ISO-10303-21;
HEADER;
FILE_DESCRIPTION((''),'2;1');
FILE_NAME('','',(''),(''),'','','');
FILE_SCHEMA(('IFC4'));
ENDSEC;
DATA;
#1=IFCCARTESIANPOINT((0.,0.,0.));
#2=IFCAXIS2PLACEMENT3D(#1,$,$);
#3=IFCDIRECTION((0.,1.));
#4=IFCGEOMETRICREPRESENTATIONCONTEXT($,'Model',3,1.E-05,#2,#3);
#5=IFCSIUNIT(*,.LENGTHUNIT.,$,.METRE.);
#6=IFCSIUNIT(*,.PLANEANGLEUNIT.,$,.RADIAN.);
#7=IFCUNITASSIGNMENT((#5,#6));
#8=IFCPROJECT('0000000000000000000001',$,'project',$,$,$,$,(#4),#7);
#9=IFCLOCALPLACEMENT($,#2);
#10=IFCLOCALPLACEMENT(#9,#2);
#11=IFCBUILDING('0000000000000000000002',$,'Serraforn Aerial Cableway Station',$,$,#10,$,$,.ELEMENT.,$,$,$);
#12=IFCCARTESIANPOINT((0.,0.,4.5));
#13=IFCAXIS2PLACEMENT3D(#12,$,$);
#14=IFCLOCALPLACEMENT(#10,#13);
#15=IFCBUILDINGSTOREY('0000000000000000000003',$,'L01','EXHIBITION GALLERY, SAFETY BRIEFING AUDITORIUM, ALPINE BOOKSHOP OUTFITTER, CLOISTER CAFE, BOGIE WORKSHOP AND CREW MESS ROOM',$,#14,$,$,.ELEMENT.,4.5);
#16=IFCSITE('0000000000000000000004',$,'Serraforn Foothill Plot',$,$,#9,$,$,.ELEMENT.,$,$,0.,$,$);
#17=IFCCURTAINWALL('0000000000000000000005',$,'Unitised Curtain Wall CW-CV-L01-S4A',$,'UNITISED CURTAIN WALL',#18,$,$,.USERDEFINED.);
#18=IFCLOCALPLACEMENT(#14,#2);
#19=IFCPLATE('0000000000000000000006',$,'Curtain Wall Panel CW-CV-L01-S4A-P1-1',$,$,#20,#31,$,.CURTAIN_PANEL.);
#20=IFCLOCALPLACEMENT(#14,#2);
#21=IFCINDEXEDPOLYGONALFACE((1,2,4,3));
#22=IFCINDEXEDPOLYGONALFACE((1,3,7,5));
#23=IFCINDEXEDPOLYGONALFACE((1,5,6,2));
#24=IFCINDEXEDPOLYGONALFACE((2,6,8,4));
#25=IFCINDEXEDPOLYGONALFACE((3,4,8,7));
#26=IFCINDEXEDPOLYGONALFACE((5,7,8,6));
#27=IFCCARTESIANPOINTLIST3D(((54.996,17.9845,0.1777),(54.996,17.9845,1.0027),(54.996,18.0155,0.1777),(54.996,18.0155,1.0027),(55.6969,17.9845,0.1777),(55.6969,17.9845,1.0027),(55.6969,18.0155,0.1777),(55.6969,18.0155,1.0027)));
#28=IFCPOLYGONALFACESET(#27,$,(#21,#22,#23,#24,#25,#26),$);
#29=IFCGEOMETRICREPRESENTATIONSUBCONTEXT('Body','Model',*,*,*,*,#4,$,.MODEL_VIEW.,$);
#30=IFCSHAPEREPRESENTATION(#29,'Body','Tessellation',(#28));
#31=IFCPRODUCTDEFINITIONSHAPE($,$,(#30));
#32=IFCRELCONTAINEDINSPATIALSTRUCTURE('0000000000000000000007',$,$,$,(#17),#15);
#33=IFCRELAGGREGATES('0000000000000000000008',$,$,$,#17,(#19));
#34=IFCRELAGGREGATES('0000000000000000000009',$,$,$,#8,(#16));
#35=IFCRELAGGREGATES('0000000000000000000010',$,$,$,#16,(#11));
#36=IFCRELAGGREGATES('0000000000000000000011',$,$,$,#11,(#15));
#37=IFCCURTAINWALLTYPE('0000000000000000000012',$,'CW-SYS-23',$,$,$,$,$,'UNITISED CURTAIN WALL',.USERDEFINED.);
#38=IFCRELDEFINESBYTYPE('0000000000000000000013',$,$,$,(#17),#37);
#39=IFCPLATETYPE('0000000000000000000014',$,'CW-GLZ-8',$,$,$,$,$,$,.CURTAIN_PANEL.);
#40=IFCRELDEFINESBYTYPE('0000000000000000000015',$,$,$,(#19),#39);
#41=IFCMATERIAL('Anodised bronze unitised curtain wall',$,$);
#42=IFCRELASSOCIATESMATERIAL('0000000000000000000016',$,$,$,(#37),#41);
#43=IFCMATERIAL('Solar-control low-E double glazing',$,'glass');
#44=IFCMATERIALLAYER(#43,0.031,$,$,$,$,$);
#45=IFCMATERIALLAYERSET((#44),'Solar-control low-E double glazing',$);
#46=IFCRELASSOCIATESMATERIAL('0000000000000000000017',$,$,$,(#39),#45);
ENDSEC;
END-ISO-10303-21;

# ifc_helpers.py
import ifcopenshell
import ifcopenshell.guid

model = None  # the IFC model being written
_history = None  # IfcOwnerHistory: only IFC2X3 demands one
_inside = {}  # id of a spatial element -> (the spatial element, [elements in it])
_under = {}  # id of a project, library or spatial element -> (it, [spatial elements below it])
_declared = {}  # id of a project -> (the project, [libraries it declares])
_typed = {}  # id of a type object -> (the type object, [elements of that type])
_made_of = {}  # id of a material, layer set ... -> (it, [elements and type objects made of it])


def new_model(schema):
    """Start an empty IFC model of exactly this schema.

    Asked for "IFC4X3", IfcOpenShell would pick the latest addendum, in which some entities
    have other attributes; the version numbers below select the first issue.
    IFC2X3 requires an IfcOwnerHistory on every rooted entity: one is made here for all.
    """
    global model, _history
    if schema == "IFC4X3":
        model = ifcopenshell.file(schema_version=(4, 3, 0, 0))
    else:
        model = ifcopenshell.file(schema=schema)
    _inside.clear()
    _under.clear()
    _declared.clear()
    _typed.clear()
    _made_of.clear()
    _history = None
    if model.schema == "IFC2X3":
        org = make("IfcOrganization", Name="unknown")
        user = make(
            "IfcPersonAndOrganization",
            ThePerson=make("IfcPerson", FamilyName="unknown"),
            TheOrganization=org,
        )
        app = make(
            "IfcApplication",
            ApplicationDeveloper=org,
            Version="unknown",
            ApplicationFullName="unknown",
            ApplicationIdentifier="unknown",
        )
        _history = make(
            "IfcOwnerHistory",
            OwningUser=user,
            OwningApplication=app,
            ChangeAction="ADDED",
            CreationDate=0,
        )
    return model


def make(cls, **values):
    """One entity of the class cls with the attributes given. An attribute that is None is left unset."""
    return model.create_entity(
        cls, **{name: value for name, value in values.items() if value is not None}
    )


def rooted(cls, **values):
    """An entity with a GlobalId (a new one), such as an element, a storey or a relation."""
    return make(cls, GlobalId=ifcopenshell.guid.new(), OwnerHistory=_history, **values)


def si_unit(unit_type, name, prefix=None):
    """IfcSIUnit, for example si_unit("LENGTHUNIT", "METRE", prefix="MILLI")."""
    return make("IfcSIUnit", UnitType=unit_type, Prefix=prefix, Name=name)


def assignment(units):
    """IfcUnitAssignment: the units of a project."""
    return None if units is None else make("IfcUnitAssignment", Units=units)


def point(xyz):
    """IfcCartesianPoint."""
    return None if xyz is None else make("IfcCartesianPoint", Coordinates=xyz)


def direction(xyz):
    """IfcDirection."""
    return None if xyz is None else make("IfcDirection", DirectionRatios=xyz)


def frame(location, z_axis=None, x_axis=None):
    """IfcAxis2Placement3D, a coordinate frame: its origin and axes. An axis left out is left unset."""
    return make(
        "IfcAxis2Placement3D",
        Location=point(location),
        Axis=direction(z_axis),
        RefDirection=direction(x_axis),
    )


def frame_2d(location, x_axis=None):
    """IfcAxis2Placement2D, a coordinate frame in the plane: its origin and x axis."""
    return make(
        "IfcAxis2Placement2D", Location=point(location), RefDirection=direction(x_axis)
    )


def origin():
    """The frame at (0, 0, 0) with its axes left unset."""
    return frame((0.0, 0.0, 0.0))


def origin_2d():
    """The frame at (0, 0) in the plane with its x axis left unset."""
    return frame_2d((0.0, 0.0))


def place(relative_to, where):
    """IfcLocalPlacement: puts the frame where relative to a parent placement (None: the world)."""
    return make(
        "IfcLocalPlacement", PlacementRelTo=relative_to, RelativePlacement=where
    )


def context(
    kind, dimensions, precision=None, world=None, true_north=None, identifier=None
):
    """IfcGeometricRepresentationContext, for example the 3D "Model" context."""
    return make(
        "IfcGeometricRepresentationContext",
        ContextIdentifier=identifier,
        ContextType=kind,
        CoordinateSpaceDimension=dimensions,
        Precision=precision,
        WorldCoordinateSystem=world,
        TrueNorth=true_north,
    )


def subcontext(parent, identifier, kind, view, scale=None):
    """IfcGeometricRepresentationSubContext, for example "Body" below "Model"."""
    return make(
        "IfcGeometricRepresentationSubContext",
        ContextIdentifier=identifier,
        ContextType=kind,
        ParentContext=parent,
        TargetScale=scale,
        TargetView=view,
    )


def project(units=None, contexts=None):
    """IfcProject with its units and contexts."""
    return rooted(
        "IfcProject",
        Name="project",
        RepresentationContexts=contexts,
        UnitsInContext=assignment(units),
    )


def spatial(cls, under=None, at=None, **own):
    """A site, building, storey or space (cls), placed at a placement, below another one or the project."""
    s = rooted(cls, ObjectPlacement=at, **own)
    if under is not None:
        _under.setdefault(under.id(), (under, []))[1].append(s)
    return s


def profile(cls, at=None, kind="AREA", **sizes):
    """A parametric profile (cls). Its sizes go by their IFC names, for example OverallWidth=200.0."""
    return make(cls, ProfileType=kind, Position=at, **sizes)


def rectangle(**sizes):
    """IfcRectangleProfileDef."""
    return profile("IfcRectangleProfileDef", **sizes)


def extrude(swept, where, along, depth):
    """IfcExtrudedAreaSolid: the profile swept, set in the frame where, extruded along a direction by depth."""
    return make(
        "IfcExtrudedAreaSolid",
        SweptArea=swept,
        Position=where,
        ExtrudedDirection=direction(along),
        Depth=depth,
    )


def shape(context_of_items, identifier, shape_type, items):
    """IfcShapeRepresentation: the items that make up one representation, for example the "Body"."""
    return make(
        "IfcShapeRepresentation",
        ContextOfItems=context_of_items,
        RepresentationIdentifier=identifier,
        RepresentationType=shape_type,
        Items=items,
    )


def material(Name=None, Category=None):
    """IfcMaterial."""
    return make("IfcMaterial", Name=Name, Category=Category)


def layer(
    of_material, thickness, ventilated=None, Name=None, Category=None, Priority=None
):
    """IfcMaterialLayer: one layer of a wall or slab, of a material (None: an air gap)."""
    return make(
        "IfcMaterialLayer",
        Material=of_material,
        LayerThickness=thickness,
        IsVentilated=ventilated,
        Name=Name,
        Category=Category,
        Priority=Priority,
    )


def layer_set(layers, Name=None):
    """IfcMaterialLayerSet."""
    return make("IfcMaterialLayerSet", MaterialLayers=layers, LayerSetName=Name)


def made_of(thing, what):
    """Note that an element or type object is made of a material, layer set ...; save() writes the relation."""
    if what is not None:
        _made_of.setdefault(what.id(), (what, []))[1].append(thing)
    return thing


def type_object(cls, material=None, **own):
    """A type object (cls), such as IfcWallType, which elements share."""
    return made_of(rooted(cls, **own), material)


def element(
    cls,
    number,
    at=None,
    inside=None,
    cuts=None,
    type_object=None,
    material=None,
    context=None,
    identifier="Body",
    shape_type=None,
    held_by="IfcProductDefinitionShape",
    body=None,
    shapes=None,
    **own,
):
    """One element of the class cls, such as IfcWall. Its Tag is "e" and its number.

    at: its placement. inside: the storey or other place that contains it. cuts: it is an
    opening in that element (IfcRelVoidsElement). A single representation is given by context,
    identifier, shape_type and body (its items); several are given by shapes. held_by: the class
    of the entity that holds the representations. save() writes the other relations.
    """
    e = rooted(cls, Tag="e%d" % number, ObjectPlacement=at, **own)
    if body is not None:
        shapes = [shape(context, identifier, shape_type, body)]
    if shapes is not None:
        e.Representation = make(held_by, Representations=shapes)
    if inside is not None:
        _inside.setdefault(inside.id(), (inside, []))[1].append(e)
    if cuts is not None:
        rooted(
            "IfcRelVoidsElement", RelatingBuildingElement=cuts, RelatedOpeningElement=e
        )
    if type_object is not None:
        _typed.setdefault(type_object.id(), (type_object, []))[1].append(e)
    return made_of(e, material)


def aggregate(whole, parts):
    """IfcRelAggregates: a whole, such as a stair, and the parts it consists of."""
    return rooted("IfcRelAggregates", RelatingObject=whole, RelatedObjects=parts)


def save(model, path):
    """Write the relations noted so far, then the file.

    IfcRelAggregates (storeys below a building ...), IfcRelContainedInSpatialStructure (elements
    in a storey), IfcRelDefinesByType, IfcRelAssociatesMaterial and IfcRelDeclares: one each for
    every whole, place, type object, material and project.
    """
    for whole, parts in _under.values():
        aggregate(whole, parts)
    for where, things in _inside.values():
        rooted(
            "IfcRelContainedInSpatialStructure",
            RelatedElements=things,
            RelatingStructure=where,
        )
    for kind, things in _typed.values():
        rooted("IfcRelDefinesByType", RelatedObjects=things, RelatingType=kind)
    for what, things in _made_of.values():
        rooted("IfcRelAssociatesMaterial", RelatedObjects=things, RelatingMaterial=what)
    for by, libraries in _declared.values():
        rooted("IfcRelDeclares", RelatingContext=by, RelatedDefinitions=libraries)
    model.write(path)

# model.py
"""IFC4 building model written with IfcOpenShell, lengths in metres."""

from ifc_helpers import new_model, si_unit, direction, frame, origin, origin_2d, place, context, subcontext, project, spatial, rectangle, extrude, material, layer, layer_set, type_object, element, aggregate, save


model = new_model("IFC4")

# Units and contexts
model_context = context("Model", 3, precision=1e-05, world=origin(), true_north=direction((0.0, 1.0)))
body_context = subcontext(model_context, "Body", "Model", "MODEL_VIEW")
ifc_project = project(units=[si_unit("LENGTHUNIT", "METRE"), si_unit("PLANEANGLEUNIT", "RADIAN")], contexts=[model_context])

# Site, building, storey
site_placement = place(None, origin())
site = spatial("IfcSite", under=ifc_project, at=site_placement, Name="Serraforn Foothill Plot", CompositionType="ELEMENT", RefElevation=0.0)
building_placement = place(site_placement, origin())
building = spatial("IfcBuilding", under=site, at=building_placement, Name="Serraforn Aerial Cableway Station", CompositionType="ELEMENT")
storey_placement = place(building_placement, frame((0.0, 0.0, 4.5)))
storey = spatial("IfcBuildingStorey", under=building, at=storey_placement, Name="L01", Description="EXHIBITION GALLERY, SAFETY BRIEFING AUDITORIUM, ALPINE BOOKSHOP OUTFITTER, CLOISTER CAFE, BOGIE WORKSHOP AND CREW MESS ROOM", CompositionType="ELEMENT", Elevation=4.5)

# Curtain wall
ifc_material_1 = material(Name="Anodised bronze unitised curtain wall")
curtain_wall_type_1 = type_object("IfcCurtainWallType", Name="CW-SYS-23", ElementType="UNITISED CURTAIN WALL", PredefinedType="USERDEFINED", material=ifc_material_1)
curtain_wall_1_placement = place(storey_placement, origin())
curtain_wall_1 = element("IfcCurtainWall", 1, at=curtain_wall_1_placement, inside=storey, type_object=curtain_wall_type_1, Name="Unitised Curtain Wall CW-CV-L01-S4A", ObjectType="UNITISED CURTAIN WALL", PredefinedType="USERDEFINED")

# Plate
ifc_material_2 = material(Name="Solar-control low-E double glazing", Category="glass")
ifc_layer_1 = layer(ifc_material_2, 0.031)
ifc_layer_set_1 = layer_set([ifc_layer_1], Name="Solar-control low-E double glazing")
plate_type_1 = type_object("IfcPlateType", Name="CW-GLZ-8", PredefinedType="CURTAIN_PANEL", material=ifc_layer_set_1)
plate_1_placement = place(storey_placement, frame((55.3464, 18.0, 0.1777), z_axis=(0.0, 0.0, 1.0), x_axis=(1.0, 0.0, 0.0)))
plate_1 = element("IfcPlate", 2, at=plate_1_placement, type_object=plate_type_1, Name="Curtain Wall Panel CW-CV-L01-S4A-P1-1", PredefinedType="CURTAIN_PANEL", context=body_context, shape_type="SweptSolid", body=[
    extrude(rectangle(XDim=0.7009, YDim=0.031, at=origin_2d()), origin(), (0.0, 0.0, 1.0), 0.825),
])
aggregate(curtain_wall_1, [plate_1])

save(model, "model.ifc")
